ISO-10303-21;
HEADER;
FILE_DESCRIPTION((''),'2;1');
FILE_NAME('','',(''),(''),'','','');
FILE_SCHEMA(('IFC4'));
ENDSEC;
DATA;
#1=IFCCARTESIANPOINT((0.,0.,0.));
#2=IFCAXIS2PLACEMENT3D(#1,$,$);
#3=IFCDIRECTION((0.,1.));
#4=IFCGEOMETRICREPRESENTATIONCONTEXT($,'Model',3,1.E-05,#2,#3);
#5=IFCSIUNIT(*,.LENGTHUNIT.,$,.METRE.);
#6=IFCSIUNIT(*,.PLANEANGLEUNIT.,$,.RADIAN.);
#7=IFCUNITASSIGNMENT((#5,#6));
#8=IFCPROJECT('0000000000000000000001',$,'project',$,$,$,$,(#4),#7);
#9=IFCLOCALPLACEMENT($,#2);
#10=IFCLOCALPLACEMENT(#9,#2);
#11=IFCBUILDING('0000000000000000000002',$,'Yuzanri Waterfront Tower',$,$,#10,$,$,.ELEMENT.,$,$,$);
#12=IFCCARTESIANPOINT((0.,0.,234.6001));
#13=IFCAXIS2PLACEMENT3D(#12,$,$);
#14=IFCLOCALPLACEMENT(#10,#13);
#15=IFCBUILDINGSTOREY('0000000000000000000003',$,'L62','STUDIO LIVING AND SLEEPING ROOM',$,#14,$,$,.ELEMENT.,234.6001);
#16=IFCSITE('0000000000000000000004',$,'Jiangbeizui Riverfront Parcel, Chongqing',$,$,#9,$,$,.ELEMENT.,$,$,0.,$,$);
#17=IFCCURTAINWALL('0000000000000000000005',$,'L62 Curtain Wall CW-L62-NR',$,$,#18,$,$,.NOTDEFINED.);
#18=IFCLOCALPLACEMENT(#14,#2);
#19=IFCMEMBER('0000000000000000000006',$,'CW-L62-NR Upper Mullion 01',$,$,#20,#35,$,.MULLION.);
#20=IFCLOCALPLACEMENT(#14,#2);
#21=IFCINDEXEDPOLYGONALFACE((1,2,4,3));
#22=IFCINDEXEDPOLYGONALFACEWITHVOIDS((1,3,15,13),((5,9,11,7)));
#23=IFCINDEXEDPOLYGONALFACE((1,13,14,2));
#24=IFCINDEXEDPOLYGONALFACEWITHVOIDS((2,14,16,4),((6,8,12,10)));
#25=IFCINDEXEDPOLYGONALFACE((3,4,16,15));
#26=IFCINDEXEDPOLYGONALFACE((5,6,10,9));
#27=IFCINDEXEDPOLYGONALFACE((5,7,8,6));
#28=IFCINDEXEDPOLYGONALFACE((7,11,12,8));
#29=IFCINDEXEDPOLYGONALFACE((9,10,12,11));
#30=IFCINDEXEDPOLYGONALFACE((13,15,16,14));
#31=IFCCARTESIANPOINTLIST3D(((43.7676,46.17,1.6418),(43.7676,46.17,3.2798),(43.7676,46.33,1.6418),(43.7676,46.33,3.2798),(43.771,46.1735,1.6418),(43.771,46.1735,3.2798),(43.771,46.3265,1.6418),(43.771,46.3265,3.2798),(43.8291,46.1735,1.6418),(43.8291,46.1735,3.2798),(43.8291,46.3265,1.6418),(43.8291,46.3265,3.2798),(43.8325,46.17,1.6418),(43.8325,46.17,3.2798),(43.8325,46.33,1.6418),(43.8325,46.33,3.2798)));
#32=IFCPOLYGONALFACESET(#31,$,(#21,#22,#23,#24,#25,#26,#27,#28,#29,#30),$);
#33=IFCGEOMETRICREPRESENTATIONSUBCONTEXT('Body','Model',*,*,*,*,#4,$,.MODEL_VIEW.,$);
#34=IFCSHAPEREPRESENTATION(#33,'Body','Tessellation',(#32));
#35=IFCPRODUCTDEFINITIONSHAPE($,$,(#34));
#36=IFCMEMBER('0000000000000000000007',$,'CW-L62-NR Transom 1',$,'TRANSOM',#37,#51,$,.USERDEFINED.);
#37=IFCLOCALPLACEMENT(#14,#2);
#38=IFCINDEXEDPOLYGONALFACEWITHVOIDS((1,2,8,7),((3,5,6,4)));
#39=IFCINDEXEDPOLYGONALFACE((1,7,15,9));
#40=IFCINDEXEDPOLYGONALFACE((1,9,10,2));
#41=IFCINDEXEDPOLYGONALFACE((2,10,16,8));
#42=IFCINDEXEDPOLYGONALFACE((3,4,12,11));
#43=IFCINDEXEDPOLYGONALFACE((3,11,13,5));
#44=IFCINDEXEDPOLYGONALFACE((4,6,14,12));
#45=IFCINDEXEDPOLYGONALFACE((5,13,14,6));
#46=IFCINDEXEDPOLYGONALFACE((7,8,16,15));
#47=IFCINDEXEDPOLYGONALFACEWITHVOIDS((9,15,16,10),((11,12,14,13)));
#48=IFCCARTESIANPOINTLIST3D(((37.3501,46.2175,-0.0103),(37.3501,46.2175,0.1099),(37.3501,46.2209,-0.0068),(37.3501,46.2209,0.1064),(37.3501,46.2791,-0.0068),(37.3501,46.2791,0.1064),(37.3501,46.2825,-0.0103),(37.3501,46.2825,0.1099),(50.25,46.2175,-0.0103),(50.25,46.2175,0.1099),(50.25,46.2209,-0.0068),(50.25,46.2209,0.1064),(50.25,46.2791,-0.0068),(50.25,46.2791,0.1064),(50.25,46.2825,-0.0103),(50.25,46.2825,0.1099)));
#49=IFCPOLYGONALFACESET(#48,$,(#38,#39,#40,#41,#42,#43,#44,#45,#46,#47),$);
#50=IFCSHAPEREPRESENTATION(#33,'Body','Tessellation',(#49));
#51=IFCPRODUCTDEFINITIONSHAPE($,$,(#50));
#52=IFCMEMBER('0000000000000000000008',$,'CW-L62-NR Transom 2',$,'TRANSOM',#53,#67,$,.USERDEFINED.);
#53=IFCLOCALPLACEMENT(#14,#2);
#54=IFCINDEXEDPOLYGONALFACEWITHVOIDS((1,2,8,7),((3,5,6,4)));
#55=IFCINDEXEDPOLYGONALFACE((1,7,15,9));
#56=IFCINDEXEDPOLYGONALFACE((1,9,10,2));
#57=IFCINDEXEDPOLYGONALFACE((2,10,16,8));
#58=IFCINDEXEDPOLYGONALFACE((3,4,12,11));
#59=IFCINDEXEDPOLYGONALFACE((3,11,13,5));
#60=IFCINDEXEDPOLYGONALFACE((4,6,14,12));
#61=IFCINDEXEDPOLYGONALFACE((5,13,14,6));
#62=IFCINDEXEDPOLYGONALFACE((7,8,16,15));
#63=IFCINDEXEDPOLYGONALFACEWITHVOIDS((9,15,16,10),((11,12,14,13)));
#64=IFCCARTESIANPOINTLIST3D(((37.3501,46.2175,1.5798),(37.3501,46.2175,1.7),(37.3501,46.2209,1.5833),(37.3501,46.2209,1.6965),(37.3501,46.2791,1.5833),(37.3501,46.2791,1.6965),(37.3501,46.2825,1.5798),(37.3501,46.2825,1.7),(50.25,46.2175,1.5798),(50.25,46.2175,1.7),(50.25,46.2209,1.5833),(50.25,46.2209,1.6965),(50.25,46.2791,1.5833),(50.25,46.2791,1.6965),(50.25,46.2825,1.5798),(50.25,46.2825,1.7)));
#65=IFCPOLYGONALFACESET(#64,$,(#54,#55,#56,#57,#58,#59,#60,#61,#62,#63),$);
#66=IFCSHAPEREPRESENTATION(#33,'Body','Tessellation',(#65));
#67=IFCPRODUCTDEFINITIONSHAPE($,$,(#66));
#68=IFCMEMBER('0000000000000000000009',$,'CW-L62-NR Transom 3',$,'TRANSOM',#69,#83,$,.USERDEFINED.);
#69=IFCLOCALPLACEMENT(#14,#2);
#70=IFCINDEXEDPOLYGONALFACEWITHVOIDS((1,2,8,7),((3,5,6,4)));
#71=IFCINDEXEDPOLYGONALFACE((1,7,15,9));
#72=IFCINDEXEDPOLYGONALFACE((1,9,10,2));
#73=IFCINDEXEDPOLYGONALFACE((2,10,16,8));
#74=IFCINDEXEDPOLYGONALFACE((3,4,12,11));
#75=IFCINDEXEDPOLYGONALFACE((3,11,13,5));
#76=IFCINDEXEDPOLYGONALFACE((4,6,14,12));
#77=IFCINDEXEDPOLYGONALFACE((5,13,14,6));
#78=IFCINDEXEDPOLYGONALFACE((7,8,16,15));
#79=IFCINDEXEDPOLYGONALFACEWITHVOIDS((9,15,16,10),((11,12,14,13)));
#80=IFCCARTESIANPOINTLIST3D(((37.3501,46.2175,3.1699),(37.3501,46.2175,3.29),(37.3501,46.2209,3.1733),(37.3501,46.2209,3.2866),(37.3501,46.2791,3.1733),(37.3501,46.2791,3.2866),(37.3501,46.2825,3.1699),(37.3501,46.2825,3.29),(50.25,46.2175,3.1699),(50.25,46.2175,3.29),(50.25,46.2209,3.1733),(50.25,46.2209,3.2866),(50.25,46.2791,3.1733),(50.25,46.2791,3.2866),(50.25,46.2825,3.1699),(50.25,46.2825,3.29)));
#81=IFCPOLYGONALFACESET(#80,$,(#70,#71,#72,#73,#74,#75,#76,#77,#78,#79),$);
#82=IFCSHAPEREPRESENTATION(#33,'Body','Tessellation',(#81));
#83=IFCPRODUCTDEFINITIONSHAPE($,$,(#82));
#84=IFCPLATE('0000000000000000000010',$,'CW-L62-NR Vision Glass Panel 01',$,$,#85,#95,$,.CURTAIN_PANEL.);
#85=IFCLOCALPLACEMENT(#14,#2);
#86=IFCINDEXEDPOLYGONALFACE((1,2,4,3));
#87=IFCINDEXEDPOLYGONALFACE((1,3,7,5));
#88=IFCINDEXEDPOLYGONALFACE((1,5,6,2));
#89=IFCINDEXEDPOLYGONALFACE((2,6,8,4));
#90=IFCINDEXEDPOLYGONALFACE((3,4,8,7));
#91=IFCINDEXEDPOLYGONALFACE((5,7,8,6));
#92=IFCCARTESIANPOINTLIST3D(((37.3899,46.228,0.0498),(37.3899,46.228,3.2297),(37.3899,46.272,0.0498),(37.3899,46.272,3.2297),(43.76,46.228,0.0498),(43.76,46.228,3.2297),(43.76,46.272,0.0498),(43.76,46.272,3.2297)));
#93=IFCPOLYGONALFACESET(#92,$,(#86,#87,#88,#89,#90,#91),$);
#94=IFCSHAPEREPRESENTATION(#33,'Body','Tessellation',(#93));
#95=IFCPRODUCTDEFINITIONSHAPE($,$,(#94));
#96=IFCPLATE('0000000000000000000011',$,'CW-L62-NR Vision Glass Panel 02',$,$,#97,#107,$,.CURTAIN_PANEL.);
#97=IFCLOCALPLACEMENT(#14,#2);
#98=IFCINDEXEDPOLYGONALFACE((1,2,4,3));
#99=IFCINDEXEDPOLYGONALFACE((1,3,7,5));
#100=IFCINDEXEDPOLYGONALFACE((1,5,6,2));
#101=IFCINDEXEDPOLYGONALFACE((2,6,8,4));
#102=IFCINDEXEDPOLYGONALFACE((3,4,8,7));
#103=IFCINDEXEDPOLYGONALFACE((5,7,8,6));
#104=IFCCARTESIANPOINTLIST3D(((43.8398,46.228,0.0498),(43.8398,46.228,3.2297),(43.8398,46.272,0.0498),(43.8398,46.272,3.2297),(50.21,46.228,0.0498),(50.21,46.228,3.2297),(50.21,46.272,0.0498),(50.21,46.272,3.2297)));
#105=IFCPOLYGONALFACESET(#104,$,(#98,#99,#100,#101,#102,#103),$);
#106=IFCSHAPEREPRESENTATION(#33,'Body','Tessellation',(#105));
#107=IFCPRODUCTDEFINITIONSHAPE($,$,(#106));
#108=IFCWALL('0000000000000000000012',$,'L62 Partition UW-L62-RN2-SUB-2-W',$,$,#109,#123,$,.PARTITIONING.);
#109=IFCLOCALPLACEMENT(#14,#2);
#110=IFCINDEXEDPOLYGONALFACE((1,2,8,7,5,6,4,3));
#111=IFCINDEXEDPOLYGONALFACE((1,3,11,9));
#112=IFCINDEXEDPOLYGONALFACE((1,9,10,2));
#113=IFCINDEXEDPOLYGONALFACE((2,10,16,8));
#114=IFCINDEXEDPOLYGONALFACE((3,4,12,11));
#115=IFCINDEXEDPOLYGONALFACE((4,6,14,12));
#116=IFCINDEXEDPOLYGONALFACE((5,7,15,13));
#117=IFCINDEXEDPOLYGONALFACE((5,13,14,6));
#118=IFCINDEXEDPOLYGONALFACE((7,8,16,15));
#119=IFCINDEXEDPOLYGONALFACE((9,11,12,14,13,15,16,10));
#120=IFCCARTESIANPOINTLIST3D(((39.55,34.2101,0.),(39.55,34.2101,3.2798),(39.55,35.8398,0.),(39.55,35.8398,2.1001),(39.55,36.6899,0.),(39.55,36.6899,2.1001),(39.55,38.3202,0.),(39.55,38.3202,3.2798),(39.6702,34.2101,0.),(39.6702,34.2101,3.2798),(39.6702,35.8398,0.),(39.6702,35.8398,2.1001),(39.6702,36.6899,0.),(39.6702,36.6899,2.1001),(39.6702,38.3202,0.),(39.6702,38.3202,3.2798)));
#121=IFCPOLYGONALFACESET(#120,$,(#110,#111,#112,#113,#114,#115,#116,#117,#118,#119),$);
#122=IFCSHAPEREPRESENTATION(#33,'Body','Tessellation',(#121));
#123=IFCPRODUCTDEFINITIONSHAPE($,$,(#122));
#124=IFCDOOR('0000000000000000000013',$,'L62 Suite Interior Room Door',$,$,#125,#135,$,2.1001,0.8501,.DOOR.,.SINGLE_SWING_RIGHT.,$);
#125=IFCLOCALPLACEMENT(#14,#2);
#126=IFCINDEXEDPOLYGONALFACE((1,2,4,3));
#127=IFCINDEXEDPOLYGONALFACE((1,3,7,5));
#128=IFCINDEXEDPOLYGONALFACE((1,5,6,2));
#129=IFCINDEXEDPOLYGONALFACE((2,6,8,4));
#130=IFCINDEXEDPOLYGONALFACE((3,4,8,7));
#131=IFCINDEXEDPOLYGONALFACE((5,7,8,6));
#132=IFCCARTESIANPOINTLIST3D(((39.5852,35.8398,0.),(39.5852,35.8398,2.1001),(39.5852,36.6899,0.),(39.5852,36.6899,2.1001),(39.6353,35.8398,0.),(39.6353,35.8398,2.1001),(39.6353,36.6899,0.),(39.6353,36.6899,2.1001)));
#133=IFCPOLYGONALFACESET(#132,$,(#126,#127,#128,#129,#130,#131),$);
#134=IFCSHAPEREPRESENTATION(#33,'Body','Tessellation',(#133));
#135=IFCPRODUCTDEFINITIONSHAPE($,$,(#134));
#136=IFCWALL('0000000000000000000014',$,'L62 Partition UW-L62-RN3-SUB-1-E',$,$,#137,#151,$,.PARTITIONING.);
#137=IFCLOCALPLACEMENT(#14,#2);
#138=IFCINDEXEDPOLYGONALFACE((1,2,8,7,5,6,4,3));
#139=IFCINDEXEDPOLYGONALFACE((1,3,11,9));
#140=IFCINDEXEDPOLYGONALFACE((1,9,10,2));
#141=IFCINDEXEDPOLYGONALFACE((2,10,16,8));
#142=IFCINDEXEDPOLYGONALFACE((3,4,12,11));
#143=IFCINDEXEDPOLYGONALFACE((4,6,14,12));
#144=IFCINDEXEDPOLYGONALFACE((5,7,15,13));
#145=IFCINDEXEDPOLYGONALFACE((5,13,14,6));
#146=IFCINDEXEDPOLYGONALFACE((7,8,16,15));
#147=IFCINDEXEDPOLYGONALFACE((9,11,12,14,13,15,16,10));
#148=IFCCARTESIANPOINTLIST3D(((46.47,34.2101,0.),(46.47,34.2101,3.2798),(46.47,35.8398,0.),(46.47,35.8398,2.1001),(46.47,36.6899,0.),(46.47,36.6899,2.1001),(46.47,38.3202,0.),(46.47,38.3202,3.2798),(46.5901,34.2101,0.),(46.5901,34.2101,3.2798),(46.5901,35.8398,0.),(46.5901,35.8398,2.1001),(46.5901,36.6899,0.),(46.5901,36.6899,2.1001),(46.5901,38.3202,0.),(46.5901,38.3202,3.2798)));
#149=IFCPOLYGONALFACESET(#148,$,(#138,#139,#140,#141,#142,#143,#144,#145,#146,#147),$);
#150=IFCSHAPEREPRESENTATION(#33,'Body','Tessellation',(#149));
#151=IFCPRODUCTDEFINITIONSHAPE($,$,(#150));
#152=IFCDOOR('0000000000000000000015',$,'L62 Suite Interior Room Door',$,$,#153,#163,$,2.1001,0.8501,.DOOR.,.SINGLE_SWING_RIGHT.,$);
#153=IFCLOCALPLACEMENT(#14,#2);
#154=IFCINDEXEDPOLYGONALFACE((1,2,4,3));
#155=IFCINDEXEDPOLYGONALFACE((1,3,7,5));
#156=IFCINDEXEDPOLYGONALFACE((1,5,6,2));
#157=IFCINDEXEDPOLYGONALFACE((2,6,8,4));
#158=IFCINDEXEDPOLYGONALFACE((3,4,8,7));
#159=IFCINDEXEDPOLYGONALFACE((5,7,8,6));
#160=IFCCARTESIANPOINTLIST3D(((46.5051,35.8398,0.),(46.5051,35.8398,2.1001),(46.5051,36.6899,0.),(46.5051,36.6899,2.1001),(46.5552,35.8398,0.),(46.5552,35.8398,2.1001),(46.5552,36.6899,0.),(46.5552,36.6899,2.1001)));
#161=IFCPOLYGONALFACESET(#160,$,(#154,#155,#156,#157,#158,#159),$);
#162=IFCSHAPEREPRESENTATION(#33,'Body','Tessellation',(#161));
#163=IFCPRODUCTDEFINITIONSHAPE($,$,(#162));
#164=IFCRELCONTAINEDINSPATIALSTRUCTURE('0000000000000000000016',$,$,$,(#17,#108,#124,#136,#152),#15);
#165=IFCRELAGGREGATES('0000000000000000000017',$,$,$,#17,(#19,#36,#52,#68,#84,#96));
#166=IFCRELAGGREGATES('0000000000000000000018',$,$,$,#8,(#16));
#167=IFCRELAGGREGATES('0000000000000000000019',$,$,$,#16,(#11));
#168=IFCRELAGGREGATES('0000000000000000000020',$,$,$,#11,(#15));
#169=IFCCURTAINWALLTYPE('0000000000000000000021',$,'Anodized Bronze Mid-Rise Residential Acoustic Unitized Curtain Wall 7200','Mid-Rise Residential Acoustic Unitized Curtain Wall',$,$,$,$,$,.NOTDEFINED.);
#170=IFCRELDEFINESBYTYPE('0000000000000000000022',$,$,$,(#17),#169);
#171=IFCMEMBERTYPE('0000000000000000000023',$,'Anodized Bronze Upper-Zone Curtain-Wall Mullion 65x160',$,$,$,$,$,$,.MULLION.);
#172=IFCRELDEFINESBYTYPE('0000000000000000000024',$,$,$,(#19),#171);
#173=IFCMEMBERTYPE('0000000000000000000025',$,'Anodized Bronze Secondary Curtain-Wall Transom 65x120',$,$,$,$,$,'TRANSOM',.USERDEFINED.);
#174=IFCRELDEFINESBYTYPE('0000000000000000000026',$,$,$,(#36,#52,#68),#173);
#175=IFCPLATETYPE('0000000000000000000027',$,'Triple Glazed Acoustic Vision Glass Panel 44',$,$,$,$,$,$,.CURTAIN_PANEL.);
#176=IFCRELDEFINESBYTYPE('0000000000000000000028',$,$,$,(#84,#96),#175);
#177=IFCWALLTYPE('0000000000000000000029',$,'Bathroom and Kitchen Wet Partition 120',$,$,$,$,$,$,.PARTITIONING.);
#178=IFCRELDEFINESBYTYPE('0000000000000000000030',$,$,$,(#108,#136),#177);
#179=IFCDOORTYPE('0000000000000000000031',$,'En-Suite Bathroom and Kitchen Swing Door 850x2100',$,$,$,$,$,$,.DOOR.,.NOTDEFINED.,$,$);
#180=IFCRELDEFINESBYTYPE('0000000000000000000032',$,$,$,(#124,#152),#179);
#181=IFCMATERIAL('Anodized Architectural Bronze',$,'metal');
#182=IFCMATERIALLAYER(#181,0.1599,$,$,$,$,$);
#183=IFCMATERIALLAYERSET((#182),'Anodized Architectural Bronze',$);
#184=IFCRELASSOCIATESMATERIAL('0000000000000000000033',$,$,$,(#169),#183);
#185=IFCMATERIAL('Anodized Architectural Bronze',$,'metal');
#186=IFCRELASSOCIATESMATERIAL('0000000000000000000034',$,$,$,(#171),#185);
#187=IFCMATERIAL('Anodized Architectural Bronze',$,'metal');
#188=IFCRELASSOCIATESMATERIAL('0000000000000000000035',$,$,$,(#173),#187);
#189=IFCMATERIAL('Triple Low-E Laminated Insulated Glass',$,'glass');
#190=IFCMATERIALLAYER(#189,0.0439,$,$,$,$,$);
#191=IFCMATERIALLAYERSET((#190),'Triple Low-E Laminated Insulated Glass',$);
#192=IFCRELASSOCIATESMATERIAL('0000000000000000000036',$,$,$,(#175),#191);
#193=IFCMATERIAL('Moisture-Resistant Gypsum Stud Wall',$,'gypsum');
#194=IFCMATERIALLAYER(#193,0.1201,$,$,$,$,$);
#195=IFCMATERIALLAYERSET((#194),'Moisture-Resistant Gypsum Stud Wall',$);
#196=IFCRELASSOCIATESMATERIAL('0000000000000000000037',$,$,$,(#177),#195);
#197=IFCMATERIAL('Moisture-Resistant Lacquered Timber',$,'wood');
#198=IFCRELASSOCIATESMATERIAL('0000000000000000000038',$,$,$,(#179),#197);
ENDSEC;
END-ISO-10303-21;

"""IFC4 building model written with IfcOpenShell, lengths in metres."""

from ifc_helpers import new_model, si_unit, direction, frame, frame_2d, origin, origin_2d, place, context, subcontext, project, spatial, rectangle, hollow_rectangle, extrude, source, transform, mapped, material, layer, layer_set, material_profile, profile_set, type_object, element, fill, aggregate, save


model = new_model("IFC4")

# Units and contexts
model_context = context("Model", 3, precision=1e-05, world=origin(), true_north=direction((0.0, 1.0)))
body_context = subcontext(model_context, "Body", "Model", "MODEL_VIEW")
ifc_project = project(units=[si_unit("LENGTHUNIT", "METRE"), si_unit("PLANEANGLEUNIT", "RADIAN")], contexts=[model_context])

# Site, building, storey
site_placement = place(None, origin())
site = spatial("IfcSite", under=ifc_project, at=site_placement, Name="Jiangbeizui Riverfront Parcel, Chongqing", CompositionType="ELEMENT", RefElevation=0.0)
building_placement = place(site_placement, origin())
building = spatial("IfcBuilding", under=site, at=building_placement, Name="Yuzanri Waterfront Tower", CompositionType="ELEMENT")
storey_placement = place(building_placement, frame((0.0, 0.0, 234.6001)))
storey = spatial("IfcBuildingStorey", under=building, at=storey_placement, Name="L62", Description="STUDIO LIVING AND SLEEPING ROOM", CompositionType="ELEMENT", Elevation=234.6001)

# Shared definitions
ifc_material_1 = material(Name="Anodized Architectural Bronze", Category="metal")
ifc_layer_1 = layer(ifc_material_1, 0.1599)
ifc_layer_set_1 = layer_set([ifc_layer_1], Name="Anodized Architectural Bronze")
curtain_wall_type = type_object("IfcCurtainWallType", Name="Anodized Bronze Mid-Rise Residential Acoustic Unitized Curtain Wall 7200", Description="Mid-Rise Residential Acoustic Unitized Curtain Wall", PredefinedType="NOTDEFINED", material=ifc_layer_set_1)
ifc_material_2 = material(Name="Anodized Architectural Bronze", Category="metal")
ifc_material_profile_1 = material_profile(ifc_material_2, hollow_rectangle(XDim=0.0649, YDim=0.1599, WallThickness=0.0034, at=origin_2d()), Name="CWM 65x160")
ifc_profile_set_1 = profile_set([ifc_material_profile_1], Name="Anodized Architectural Bronze")
member_type_1 = type_object("IfcMemberType", Name="Anodized Bronze Upper-Zone Curtain-Wall Mullion 65x160", PredefinedType="MULLION", material=ifc_profile_set_1)
shared_shape_1 = source(origin(), body_context, "Body", "SweptSolid", [
    extrude(hollow_rectangle(XDim=0.0649, YDim=0.1599, WallThickness=0.0034, at=origin_2d()), origin(), (0.0, 0.0, 1.0), 1.6379),
])

# Curtain wall, members, plates
curtain_wall_1_placement = place(storey_placement, origin())
curtain_wall_1 = element("IfcCurtainWall", 1, at=curtain_wall_1_placement, inside=storey, type_object=curtain_wall_type, Name="L62 Curtain Wall CW-L62-NR", PredefinedType="NOTDEFINED")
member_1_placement = place(storey_placement, frame((43.8, 46.25, 1.6418), z_axis=(0.0, 0.0, 1.0), x_axis=(1.0, 0.0, 0.0)))
member_1 = element("IfcMember", 2, at=member_1_placement, type_object=member_type_1, Name="CW-L62-NR Upper Mullion 01", PredefinedType="MULLION", context=body_context, shape_type="MappedRepresentation", body=[
    mapped(shared_shape_1, transform((0.0, 0.0, 0.0), scale=1.0)),
])
ifc_material_3 = material(Name="Anodized Architectural Bronze", Category="metal")
ifc_material_profile_2 = material_profile(ifc_material_3, hollow_rectangle(XDim=0.0649, YDim=0.1201, WallThickness=0.0034, at=origin_2d()), Name="CWT 65x120")
ifc_profile_set_2 = profile_set([ifc_material_profile_2], Name="Anodized Architectural Bronze")
member_type_2 = type_object("IfcMemberType", Name="Anodized Bronze Secondary Curtain-Wall Transom 65x120", ElementType="TRANSOM", PredefinedType="USERDEFINED", material=ifc_profile_set_2)
shared_shape_2 = source(origin(), body_context, "Body", "SweptSolid", [
    extrude(hollow_rectangle(XDim=0.0649, YDim=0.1201, WallThickness=0.0034, at=origin_2d()), origin(), (0.0, 0.0, 1.0), 12.8999),
])
member_2_placement = place(storey_placement, frame((37.3501, 46.25, 0.0498), z_axis=(1.0, 0.0, 0.0), x_axis=(0.0, 1.0, 0.0)))
member_2 = element("IfcMember", 3, at=member_2_placement, type_object=member_type_2, Name="CW-L62-NR Transom 1", ObjectType="TRANSOM", PredefinedType="USERDEFINED", context=body_context, shape_type="MappedRepresentation", body=[
    mapped(shared_shape_2, transform((0.0, 0.0, 0.0), scale=1.0)),
])
member_3_placement = place(storey_placement, frame((37.3501, 46.25, 1.6399), z_axis=(1.0, 0.0, 0.0), x_axis=(0.0, 1.0, 0.0)))
member_3 = element("IfcMember", 4, at=member_3_placement, type_object=member_type_2, Name="CW-L62-NR Transom 2", ObjectType="TRANSOM", PredefinedType="USERDEFINED", context=body_context, shape_type="MappedRepresentation", body=[
    mapped(shared_shape_2, transform((0.0, 0.0, 0.0), scale=1.0)),
])
member_4_placement = place(storey_placement, frame((37.3501, 46.25, 3.23), z_axis=(1.0, 0.0, 0.0), x_axis=(0.0, 1.0, 0.0)))
member_4 = element("IfcMember", 5, at=member_4_placement, type_object=member_type_2, Name="CW-L62-NR Transom 3", ObjectType="TRANSOM", PredefinedType="USERDEFINED", context=body_context, shape_type="MappedRepresentation", body=[
    mapped(shared_shape_2, transform((0.0, 0.0, 0.0), scale=1.0)),
])
ifc_material_4 = material(Name="Triple Low-E Laminated Insulated Glass", Category="glass")
ifc_layer_2 = layer(ifc_material_4, 0.0439)
ifc_layer_set_2 = layer_set([ifc_layer_2], Name="Triple Low-E Laminated Insulated Glass")
plate_type = type_object("IfcPlateType", Name="Triple Glazed Acoustic Vision Glass Panel 44", PredefinedType="CURTAIN_PANEL", material=ifc_layer_set_2)
shared_shape_3 = source(origin(), body_context, "Body", "SweptSolid", [
    extrude(rectangle(XDim=6.3701, YDim=0.0439, at=origin_2d()), origin(), (0.0, 0.0, 1.0), 3.1799),
])
plate_1_placement = place(storey_placement, frame((40.575, 46.25, 0.0498), z_axis=(0.0, 0.0, 1.0), x_axis=(1.0, 0.0, 0.0)))
plate_1 = element("IfcPlate", 6, at=plate_1_placement, type_object=plate_type, Name="CW-L62-NR Vision Glass Panel 01", PredefinedType="CURTAIN_PANEL", context=body_context, shape_type="MappedRepresentation", body=[
    mapped(shared_shape_3, transform((0.0, 0.0, 0.0), scale=1.0)),
])
plate_2_placement = place(storey_placement, frame((47.0249, 46.25, 0.0498), z_axis=(0.0, 0.0, 1.0), x_axis=(1.0, 0.0, 0.0)))
plate_2 = element("IfcPlate", 7, at=plate_2_placement, type_object=plate_type, Name="CW-L62-NR Vision Glass Panel 02", PredefinedType="CURTAIN_PANEL", context=body_context, shape_type="MappedRepresentation", body=[
    mapped(shared_shape_3, transform((0.0, 0.0, 0.0), scale=1.0)),
])
aggregate(curtain_wall_1, [member_1, member_2, member_3, member_4, plate_1, plate_2])

# Walls, openings, doors
ifc_material_5 = material(Name="Moisture-Resistant Gypsum Stud Wall", Category="gypsum")
ifc_layer_3 = layer(ifc_material_5, 0.1201)
ifc_layer_set_3 = layer_set([ifc_layer_3], Name="Moisture-Resistant Gypsum Stud Wall")
wall_type_1 = type_object("IfcWallType", Name="Bathroom and Kitchen Wet Partition 120", PredefinedType="PARTITIONING", material=ifc_layer_set_3)
wall_1_placement = place(storey_placement, frame((39.6101, 34.21, 0.0), z_axis=(0.0, 0.0, 1.0), x_axis=(0.0, 1.0, 0.0)))
wall_1 = element("IfcWall", 8, at=wall_1_placement, inside=storey, type_object=wall_type_1, Name="L62 Partition UW-L62-RN2-SUB-2-W", PredefinedType="PARTITIONING", context=body_context, shape_type="SweptSolid", body=[
    extrude(rectangle(XDim=4.1101, YDim=0.1201, at=frame_2d((2.0552, 0.0))), origin(), (0.0, 0.0, 1.0), 3.2798),
])
opening_1_placement = place(wall_1_placement, frame((1.6299, 0.0, 0.0)))
opening_1 = element("IfcOpeningElement", 9, at=opening_1_placement, cuts=wall_1, PredefinedType="OPENING", context=body_context, shape_type="SweptSolid", body=[
    extrude(rectangle(XDim=0.8501, YDim=2.1001, at=frame_2d((0.425, 1.05))), frame((0.0, 0.075, 0.0), z_axis=(0.0, -1.0, 0.0), x_axis=(1.0, 0.0, 0.0)), (0.0, 0.0, 1.0), 0.1499),
])
ifc_material_6 = material(Name="Moisture-Resistant Lacquered Timber", Category="wood")
door_type_1 = type_object("IfcDoorType", Name="En-Suite Bathroom and Kitchen Swing Door 850x2100", OperationType="NOTDEFINED", PredefinedType="DOOR", material=ifc_material_6)
shared_shape_4 = source(origin(), body_context, "Body", "SweptSolid", [
    extrude(rectangle(XDim=0.8501, YDim=2.1001, at=frame_2d((0.425, 1.05))), frame((0.0, 0.0249, 0.0), z_axis=(0.0, -1.0, 0.0), x_axis=(1.0, 0.0, 0.0)), (0.0, 0.0, 1.0), 0.05),
])
door_1_placement = place(opening_1_placement, origin())
door_1 = element("IfcDoor", 10, at=door_1_placement, inside=storey, type_object=door_type_1, Name="L62 Suite Interior Room Door", OperationType="SINGLE_SWING_RIGHT", OverallHeight=2.1001, OverallWidth=0.8501, PredefinedType="DOOR", context=body_context, shape_type="MappedRepresentation", body=[
    mapped(shared_shape_4, transform((0.0, 0.0, 0.0), scale=1.0)),
])
fill(opening_1, door_1)
wall_2_placement = place(storey_placement, frame((46.53, 34.21, 0.0), z_axis=(0.0, 0.0, 1.0), x_axis=(0.0, 1.0, 0.0)))
wall_2 = element("IfcWall", 11, at=wall_2_placement, inside=storey, type_object=wall_type_1, Name="L62 Partition UW-L62-RN3-SUB-1-E", PredefinedType="PARTITIONING", context=body_context, shape_type="SweptSolid", body=[
    extrude(rectangle(XDim=4.1101, YDim=0.1201, at=frame_2d((2.0552, 0.0))), origin(), (0.0, 0.0, 1.0), 3.2798),
])
opening_2_placement = place(wall_2_placement, frame((1.6299, 0.0, 0.0)))
opening_2 = element("IfcOpeningElement", 12, at=opening_2_placement, cuts=wall_2, PredefinedType="OPENING", context=body_context, shape_type="SweptSolid", body=[
    extrude(rectangle(XDim=0.8501, YDim=2.1001, at=frame_2d((0.425, 1.05))), frame((0.0, 0.075, 0.0), z_axis=(0.0, -1.0, 0.0), x_axis=(1.0, 0.0, 0.0)), (0.0, 0.0, 1.0), 0.1499),
])
door_2_placement = place(opening_2_placement, origin())
door_2 = element("IfcDoor", 13, at=door_2_placement, inside=storey, type_object=door_type_1, Name="L62 Suite Interior Room Door", OperationType="SINGLE_SWING_RIGHT", OverallHeight=2.1001, OverallWidth=0.8501, PredefinedType="DOOR", context=body_context, shape_type="MappedRepresentation", body=[
    mapped(shared_shape_4, transform((0.0, 0.0, 0.0), scale=1.0)),
])
fill(opening_2, door_2)

save(model, "model.ifc")
